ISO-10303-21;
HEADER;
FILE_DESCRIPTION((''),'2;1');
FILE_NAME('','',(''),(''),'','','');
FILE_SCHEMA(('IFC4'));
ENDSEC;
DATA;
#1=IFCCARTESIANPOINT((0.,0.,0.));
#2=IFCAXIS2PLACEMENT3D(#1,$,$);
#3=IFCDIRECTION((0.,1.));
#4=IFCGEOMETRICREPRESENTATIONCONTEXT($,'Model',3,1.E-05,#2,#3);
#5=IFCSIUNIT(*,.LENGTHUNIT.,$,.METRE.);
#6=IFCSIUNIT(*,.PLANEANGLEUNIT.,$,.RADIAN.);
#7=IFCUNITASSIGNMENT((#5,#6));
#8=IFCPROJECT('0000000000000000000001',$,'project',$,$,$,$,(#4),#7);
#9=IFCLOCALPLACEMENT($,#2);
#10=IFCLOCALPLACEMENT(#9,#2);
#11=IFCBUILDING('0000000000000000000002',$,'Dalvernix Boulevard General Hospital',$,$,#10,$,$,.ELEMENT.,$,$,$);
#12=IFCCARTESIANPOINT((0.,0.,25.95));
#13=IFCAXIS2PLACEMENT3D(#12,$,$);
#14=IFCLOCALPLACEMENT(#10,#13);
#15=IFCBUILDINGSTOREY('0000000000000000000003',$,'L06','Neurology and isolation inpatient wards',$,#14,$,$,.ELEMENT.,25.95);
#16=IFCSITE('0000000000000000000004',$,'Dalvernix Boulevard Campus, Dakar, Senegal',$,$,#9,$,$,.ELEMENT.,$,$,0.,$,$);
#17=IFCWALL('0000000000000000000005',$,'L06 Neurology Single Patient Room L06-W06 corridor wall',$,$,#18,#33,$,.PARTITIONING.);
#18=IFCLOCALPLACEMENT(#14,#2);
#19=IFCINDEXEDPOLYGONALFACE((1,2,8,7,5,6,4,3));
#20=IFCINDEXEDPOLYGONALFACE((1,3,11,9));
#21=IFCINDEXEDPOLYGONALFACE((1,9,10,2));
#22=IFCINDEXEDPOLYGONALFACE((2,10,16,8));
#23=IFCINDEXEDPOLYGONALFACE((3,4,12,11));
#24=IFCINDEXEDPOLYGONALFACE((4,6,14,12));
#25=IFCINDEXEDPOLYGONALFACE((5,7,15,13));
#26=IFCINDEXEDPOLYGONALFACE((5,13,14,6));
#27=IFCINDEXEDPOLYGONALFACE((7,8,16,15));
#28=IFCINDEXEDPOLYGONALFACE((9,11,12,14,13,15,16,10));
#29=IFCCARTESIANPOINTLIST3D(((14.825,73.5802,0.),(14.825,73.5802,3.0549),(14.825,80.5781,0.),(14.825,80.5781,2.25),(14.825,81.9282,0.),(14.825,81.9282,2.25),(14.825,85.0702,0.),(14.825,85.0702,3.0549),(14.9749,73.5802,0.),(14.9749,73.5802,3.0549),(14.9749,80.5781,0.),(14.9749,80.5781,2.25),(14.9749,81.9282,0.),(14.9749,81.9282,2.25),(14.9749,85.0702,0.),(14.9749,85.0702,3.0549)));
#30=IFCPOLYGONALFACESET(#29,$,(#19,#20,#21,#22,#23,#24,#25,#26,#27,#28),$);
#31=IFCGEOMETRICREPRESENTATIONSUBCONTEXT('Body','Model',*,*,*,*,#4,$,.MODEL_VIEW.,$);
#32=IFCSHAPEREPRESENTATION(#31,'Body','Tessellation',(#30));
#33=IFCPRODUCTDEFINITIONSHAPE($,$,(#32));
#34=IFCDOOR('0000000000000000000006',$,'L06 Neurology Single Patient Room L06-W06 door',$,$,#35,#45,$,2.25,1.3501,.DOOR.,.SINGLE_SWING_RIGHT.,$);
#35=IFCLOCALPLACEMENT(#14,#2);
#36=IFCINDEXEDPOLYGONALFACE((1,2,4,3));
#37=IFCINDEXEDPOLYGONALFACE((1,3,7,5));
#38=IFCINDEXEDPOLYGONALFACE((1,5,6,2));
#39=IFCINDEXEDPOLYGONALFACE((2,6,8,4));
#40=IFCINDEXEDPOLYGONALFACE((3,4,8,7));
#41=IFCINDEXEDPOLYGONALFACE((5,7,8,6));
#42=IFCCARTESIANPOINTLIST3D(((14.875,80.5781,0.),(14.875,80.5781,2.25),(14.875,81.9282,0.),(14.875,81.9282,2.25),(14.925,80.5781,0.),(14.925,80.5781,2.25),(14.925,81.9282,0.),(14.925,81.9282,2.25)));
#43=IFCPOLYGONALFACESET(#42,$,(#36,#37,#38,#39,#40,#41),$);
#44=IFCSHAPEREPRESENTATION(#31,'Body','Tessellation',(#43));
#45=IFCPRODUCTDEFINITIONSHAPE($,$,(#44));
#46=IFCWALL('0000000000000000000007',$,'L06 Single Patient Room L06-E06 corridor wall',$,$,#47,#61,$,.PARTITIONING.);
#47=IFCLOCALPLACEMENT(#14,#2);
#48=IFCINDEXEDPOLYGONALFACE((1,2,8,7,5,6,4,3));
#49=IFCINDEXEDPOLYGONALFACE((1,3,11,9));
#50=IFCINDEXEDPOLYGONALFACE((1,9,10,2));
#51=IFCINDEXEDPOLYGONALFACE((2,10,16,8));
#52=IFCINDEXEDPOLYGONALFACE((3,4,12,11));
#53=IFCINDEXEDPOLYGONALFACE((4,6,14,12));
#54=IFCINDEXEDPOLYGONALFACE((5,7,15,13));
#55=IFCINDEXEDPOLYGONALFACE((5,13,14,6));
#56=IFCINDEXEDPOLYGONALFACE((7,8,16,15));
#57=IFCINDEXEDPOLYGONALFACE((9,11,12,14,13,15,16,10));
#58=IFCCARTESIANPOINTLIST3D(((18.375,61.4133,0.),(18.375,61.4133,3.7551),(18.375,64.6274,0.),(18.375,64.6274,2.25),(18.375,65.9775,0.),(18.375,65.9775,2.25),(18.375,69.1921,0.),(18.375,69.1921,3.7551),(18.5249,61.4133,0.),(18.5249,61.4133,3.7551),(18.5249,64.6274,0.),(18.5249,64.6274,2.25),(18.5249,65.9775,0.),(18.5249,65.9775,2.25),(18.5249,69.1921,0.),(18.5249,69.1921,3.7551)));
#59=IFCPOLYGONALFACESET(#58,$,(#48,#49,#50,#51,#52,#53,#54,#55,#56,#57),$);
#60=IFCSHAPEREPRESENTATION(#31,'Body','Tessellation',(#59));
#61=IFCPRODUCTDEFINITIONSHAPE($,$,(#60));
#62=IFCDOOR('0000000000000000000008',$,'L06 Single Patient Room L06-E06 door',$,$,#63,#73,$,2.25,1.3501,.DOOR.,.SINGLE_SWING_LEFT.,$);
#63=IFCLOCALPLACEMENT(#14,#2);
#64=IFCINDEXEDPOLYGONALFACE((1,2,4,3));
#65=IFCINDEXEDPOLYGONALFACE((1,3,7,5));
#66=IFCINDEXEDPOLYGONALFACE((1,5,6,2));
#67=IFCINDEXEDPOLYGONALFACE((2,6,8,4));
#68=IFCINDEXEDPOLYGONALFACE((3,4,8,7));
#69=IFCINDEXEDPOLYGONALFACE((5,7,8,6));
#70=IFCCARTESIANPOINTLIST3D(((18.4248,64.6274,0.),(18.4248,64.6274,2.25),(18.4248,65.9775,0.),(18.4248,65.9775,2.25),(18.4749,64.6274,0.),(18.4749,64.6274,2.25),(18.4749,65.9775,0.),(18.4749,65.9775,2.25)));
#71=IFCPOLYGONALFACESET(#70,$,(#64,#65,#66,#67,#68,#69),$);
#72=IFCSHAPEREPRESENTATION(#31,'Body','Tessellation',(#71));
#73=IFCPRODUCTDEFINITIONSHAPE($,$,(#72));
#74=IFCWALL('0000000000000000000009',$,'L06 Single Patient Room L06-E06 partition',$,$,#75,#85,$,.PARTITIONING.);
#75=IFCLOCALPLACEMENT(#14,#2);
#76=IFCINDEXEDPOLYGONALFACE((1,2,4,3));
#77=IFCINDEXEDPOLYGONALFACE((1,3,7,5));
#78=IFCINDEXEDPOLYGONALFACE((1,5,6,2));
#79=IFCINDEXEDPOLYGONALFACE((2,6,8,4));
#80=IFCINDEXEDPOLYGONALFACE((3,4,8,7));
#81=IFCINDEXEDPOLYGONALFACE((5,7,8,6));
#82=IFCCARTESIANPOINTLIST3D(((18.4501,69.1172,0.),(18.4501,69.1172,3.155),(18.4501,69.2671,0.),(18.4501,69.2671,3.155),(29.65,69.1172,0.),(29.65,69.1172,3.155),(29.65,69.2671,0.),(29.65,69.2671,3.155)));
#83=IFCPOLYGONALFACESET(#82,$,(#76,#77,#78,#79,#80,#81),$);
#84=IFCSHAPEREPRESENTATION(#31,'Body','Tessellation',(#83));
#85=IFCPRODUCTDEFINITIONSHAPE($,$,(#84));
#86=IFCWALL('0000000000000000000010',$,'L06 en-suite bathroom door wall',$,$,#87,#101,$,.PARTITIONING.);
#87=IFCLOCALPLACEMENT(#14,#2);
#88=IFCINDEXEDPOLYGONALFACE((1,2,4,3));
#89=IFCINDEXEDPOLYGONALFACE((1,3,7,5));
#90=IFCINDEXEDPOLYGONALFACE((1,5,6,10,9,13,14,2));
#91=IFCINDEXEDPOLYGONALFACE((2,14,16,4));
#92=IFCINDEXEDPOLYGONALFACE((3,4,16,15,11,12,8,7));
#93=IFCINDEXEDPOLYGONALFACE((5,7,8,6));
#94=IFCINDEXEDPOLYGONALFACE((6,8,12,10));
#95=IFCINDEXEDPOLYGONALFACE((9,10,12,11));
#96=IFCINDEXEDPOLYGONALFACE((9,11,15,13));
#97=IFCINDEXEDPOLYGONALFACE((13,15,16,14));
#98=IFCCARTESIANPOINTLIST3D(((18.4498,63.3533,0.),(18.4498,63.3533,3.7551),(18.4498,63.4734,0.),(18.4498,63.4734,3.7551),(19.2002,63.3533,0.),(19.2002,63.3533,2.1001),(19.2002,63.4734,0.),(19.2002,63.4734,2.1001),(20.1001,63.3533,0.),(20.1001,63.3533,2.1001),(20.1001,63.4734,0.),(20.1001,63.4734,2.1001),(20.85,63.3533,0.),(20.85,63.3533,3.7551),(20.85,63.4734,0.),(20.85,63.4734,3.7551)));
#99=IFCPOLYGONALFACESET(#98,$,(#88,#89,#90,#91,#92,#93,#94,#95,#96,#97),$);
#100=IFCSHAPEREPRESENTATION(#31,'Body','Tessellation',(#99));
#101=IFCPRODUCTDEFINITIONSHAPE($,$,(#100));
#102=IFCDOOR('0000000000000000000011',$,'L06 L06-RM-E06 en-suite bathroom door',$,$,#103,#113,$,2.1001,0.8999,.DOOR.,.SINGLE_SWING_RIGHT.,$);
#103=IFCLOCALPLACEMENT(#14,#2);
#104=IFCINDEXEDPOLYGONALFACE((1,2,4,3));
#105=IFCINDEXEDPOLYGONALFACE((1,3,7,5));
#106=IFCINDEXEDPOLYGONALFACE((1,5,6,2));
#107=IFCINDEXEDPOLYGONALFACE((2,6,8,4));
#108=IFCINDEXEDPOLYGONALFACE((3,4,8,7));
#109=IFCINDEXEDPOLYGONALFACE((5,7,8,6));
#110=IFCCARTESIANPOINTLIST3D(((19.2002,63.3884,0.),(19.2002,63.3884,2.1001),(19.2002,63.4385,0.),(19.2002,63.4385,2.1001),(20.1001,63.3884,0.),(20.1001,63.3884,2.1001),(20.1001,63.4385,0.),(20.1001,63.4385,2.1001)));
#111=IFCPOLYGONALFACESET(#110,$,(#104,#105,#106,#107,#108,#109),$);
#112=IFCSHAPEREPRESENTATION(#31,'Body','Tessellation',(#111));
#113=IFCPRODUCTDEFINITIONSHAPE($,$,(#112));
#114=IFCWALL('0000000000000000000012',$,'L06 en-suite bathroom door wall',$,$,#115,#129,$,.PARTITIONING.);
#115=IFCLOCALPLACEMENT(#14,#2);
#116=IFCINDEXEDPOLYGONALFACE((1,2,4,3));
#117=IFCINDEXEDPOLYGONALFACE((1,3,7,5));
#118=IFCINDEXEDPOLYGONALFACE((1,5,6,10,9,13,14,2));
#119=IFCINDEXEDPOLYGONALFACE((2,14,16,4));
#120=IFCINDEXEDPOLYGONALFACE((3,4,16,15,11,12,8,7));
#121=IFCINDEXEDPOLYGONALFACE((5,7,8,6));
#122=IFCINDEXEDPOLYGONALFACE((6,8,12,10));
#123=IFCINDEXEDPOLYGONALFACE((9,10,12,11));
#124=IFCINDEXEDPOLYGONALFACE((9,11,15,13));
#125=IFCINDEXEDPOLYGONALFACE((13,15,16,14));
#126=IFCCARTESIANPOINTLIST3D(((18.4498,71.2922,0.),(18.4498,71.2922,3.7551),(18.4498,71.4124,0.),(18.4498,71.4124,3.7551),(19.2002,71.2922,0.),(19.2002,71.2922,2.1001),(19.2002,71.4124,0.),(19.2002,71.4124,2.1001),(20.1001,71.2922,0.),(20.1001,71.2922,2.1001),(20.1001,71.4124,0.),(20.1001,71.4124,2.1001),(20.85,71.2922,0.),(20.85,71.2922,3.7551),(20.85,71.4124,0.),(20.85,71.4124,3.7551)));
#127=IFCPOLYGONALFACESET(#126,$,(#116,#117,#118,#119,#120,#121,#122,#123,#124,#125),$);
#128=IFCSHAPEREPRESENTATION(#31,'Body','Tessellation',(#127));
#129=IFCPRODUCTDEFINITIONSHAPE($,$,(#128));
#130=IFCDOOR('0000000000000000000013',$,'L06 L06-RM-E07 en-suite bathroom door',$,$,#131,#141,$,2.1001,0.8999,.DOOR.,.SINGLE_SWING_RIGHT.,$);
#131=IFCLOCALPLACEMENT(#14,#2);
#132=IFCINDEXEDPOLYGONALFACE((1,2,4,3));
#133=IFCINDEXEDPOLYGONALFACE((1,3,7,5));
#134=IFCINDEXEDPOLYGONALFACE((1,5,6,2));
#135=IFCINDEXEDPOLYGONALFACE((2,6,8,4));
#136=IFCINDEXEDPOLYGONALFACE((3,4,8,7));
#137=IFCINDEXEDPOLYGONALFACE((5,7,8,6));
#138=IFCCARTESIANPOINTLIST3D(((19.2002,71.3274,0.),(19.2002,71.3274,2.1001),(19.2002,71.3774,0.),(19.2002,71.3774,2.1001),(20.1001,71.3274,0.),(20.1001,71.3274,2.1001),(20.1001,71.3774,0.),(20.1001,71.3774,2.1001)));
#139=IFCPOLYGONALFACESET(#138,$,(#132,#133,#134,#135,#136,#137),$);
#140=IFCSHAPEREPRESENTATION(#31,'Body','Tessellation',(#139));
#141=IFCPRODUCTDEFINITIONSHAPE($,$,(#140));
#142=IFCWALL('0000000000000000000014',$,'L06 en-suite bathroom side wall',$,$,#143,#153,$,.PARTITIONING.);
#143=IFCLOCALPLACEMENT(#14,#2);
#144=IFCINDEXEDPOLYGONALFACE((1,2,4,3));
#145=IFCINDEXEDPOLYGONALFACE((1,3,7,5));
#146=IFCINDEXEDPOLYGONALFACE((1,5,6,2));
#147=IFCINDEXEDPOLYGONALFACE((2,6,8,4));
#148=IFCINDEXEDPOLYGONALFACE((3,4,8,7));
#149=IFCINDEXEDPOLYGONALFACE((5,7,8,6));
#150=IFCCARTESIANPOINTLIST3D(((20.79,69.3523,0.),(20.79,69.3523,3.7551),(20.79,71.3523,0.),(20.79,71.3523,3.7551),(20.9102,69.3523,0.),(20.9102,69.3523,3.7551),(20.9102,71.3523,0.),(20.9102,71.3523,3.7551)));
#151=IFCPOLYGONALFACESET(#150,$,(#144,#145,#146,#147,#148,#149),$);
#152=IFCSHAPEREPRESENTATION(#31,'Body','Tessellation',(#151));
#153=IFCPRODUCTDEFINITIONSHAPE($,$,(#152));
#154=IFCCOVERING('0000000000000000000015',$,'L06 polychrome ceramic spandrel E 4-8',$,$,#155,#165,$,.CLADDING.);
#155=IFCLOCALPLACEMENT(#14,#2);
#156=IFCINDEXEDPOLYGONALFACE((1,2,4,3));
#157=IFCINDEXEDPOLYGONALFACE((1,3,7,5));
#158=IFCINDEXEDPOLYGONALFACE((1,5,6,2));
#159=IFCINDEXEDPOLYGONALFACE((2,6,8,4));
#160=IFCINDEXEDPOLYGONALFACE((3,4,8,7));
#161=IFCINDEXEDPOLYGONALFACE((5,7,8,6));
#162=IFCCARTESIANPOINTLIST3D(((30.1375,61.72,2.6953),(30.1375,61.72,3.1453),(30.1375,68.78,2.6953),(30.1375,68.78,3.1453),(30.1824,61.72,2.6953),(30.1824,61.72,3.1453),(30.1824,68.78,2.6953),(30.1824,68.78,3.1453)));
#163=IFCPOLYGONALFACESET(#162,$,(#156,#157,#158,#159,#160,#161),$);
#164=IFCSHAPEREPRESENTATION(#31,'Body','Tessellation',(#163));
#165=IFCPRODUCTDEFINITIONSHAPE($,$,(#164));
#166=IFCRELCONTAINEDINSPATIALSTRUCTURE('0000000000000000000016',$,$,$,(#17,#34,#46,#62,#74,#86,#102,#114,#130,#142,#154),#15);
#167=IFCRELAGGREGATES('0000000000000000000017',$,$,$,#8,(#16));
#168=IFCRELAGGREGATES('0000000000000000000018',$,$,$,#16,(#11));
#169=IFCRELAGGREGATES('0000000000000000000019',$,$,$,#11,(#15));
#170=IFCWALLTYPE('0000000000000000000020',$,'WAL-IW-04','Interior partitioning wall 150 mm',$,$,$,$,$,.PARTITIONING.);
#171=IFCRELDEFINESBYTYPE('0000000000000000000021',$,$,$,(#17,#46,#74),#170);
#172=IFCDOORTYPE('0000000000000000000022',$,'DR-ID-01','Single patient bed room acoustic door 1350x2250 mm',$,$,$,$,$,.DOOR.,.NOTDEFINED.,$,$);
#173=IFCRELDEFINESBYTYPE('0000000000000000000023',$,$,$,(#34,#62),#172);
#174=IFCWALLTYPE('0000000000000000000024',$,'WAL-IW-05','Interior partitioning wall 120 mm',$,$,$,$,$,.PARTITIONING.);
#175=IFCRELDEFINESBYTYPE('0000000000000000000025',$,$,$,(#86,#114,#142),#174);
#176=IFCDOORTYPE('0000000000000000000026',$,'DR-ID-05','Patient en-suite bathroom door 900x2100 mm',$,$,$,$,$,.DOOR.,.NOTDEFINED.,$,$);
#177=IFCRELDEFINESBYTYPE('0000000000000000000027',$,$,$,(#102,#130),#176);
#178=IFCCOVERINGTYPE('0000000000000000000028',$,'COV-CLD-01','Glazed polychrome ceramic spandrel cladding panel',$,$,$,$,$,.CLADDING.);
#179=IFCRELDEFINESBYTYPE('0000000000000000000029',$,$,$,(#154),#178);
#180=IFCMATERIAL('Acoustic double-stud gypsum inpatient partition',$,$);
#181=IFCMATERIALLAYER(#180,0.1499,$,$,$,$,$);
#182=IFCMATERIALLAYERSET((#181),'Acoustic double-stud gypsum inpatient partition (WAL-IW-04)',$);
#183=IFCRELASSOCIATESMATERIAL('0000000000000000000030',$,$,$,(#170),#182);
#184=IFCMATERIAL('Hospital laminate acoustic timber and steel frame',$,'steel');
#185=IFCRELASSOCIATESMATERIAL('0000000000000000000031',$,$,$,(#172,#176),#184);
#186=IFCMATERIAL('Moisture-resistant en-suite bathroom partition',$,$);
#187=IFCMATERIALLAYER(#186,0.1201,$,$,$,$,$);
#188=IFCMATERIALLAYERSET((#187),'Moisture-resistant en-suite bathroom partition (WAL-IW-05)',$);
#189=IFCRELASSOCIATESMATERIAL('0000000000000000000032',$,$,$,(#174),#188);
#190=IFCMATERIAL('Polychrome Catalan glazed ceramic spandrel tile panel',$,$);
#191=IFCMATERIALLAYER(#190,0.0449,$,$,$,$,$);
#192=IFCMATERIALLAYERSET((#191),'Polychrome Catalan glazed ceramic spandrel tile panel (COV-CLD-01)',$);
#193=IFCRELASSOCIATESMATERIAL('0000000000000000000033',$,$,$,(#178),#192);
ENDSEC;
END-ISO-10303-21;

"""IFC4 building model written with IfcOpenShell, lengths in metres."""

from ifc_helpers import new_model, si_unit, direction, frame, frame_2d, origin, origin_2d, place, context, subcontext, project, spatial, rectangle, extrude, material, layer, layer_set, type_object, element, fill, save


model = new_model("IFC4")

# Units and contexts
model_context = context("Model", 3, precision=1e-05, world=origin(), true_north=direction((0.0, 1.0)))
body_context = subcontext(model_context, "Body", "Model", "MODEL_VIEW")
ifc_project = project(units=[si_unit("LENGTHUNIT", "METRE"), si_unit("PLANEANGLEUNIT", "RADIAN")], contexts=[model_context])

# Site, building, storey
site_placement = place(None, origin())
site = spatial("IfcSite", under=ifc_project, at=site_placement, Name="Dalvernix Boulevard Campus, Dakar, Senegal", CompositionType="ELEMENT", RefElevation=0.0)
building_placement = place(site_placement, origin())
building = spatial("IfcBuilding", under=site, at=building_placement, Name="Dalvernix Boulevard General Hospital", CompositionType="ELEMENT")
storey_placement = place(building_placement, frame((0.0, 0.0, 25.95)))
storey = spatial("IfcBuildingStorey", under=building, at=storey_placement, Name="L06", Description="Neurology and isolation inpatient wards", CompositionType="ELEMENT", Elevation=25.95)

# Walls, openings, doors
ifc_material_1 = material(Name="Acoustic double-stud gypsum inpatient partition")
ifc_layer_1 = layer(ifc_material_1, 0.1499)
ifc_layer_set_1 = layer_set([ifc_layer_1], Name="Acoustic double-stud gypsum inpatient partition (WAL-IW-04)")
wall_type_1 = type_object("IfcWallType", Name="WAL-IW-04", Description="Interior partitioning wall 150 mm", PredefinedType="PARTITIONING", material=ifc_layer_set_1)
wall_1_placement = place(storey_placement, frame((14.8999, 73.5801, 0.0), z_axis=(0.0, 0.0, 1.0), x_axis=(0.0, 1.0, 0.0)))
wall_1 = element("IfcWall", 1, at=wall_1_placement, inside=storey, type_object=wall_type_1, Name="L06 Neurology Single Patient Room L06-W06 corridor wall", PredefinedType="PARTITIONING", context=body_context, shape_type="SweptSolid", body=[
    extrude(rectangle(XDim=11.49, YDim=0.1499, at=frame_2d((5.7451, 0.0))), origin(), (0.0, 0.0, 1.0), 3.0549),
])
opening_1_placement = place(wall_1_placement, frame((6.998, 0.0, 0.0)))
opening_1 = element("IfcOpeningElement", 2, at=opening_1_placement, cuts=wall_1, PredefinedType="OPENING", context=body_context, shape_type="SweptSolid", body=[
    extrude(rectangle(XDim=1.3501, YDim=2.25, at=frame_2d((0.675, 1.125))), frame((0.0, 0.085, 0.0), z_axis=(0.0, -1.0, 0.0), x_axis=(1.0, 0.0, 0.0)), (0.0, 0.0, 1.0), 0.1699),
])
ifc_material_2 = material(Name="Hospital laminate acoustic timber and steel frame", Category="steel")
door_type_1 = type_object("IfcDoorType", Name="DR-ID-01", Description="Single patient bed room acoustic door 1350x2250 mm", OperationType="NOTDEFINED", PredefinedType="DOOR", material=ifc_material_2)
door_1_placement = place(opening_1_placement, origin())
door_1 = element("IfcDoor", 3, at=door_1_placement, inside=storey, type_object=door_type_1, Name="L06 Neurology Single Patient Room L06-W06 door", OperationType="SINGLE_SWING_RIGHT", OverallHeight=2.25, OverallWidth=1.3501, PredefinedType="DOOR", context=body_context, shape_type="SweptSolid", body=[
    extrude(rectangle(XDim=1.3501, YDim=2.25, at=frame_2d((0.675, 1.125))), frame((0.0, 0.0249, 0.0), z_axis=(0.0, -1.0, 0.0), x_axis=(1.0, 0.0, 0.0)), (0.0, 0.0, 1.0), 0.05),
])
fill(opening_1, door_1)
wall_2_placement = place(storey_placement, frame((18.45, 69.1921, 0.0), z_axis=(0.0, 0.0, 1.0), x_axis=(0.0, -1.0, 0.0)))
wall_2 = element("IfcWall", 4, at=wall_2_placement, inside=storey, type_object=wall_type_1, Name="L06 Single Patient Room L06-E06 corridor wall", PredefinedType="PARTITIONING", context=body_context, shape_type="SweptSolid", body=[
    extrude(rectangle(XDim=7.7788, YDim=0.1499, at=frame_2d((3.8894, 0.0))), origin(), (0.0, 0.0, 1.0), 3.7551),
])
opening_2_placement = place(wall_2_placement, frame((3.2146, 0.0, 0.0)))
opening_2 = element("IfcOpeningElement", 5, at=opening_2_placement, cuts=wall_2, PredefinedType="OPENING", context=body_context, shape_type="SweptSolid", body=[
    extrude(rectangle(XDim=1.3501, YDim=2.25, at=frame_2d((0.675, 1.125))), frame((0.0, 0.085, 0.0), z_axis=(0.0, -1.0, 0.0), x_axis=(1.0, 0.0, 0.0)), (0.0, 0.0, 1.0), 0.1699),
])
door_2_placement = place(opening_2_placement, origin())
door_2 = element("IfcDoor", 6, at=door_2_placement, inside=storey, type_object=door_type_1, Name="L06 Single Patient Room L06-E06 door", OperationType="SINGLE_SWING_LEFT", OverallHeight=2.25, OverallWidth=1.3501, PredefinedType="DOOR", context=body_context, shape_type="SweptSolid", body=[
    extrude(rectangle(XDim=1.3501, YDim=2.25, at=frame_2d((0.675, 1.125))), frame((0.0, 0.0249, 0.0), z_axis=(0.0, -1.0, 0.0), x_axis=(1.0, 0.0, 0.0)), (0.0, 0.0, 1.0), 0.05),
])
fill(opening_2, door_2)

# Wall
wall_3_placement = place(storey_placement, frame((18.45, 69.1921, 0.0), z_axis=(0.0, 0.0, 1.0), x_axis=(1.0, 0.0, 0.0)))
element("IfcWall", 7, at=wall_3_placement, inside=storey, type_object=wall_type_1, Name="L06 Single Patient Room L06-E06 partition", PredefinedType="PARTITIONING", context=body_context, shape_type="SweptSolid", body=[
    extrude(rectangle(XDim=11.2, YDim=0.1499, at=frame_2d((5.6001, 0.0))), origin(), (0.0, 0.0, 1.0), 3.155),
])

# Walls, openings, doors
ifc_material_3 = material(Name="Moisture-resistant en-suite bathroom partition")
ifc_layer_2 = layer(ifc_material_3, 0.1201)
ifc_layer_set_2 = layer_set([ifc_layer_2], Name="Moisture-resistant en-suite bathroom partition (WAL-IW-05)")
wall_type_2 = type_object("IfcWallType", Name="WAL-IW-05", Description="Interior partitioning wall 120 mm", PredefinedType="PARTITIONING", material=ifc_layer_set_2)
wall_4_placement = place(storey_placement, frame((20.8501, 63.4133, 0.0), z_axis=(0.0, 0.0, 1.0), x_axis=(-1.0, 0.0, 0.0)))
wall_4 = element("IfcWall", 8, at=wall_4_placement, inside=storey, type_object=wall_type_2, Name="L06 en-suite bathroom door wall", PredefinedType="PARTITIONING", context=body_context, shape_type="SweptSolid", body=[
    extrude(rectangle(XDim=2.4001, YDim=0.1201, at=frame_2d((1.2002, 0.0))), origin(), (0.0, 0.0, 1.0), 3.7551),
])
opening_3_placement = place(wall_4_placement, frame((0.75, 0.0, 0.0)))
opening_3 = element("IfcOpeningElement", 9, at=opening_3_placement, cuts=wall_4, PredefinedType="OPENING", context=body_context, shape_type="SweptSolid", body=[
    extrude(rectangle(XDim=0.8999, YDim=2.1001, at=frame_2d((0.45, 1.05))), frame((0.0, 0.0701, 0.0), z_axis=(0.0, -1.0, 0.0), x_axis=(1.0, 0.0, 0.0)), (0.0, 0.0, 1.0), 0.1401),
])
door_type_2 = type_object("IfcDoorType", Name="DR-ID-05", Description="Patient en-suite bathroom door 900x2100 mm", OperationType="NOTDEFINED", PredefinedType="DOOR", material=ifc_material_2)
door_3_placement = place(opening_3_placement, origin())
door_3 = element("IfcDoor", 10, at=door_3_placement, inside=storey, type_object=door_type_2, Name="L06 L06-RM-E06 en-suite bathroom door", OperationType="SINGLE_SWING_RIGHT", OverallHeight=2.1001, OverallWidth=0.8999, PredefinedType="DOOR", context=body_context, shape_type="SweptSolid", body=[
    extrude(rectangle(XDim=0.8999, YDim=2.1001, at=frame_2d((0.45, 1.05))), frame((0.0, 0.0249, 0.0), z_axis=(0.0, -1.0, 0.0), x_axis=(1.0, 0.0, 0.0)), (0.0, 0.0, 1.0), 0.05),
])
fill(opening_3, door_3)
wall_5_placement = place(storey_placement, frame((20.8501, 71.3523, 0.0), z_axis=(0.0, 0.0, 1.0), x_axis=(-1.0, 0.0, 0.0)))
wall_5 = element("IfcWall", 11, at=wall_5_placement, inside=storey, type_object=wall_type_2, Name="L06 en-suite bathroom door wall", PredefinedType="PARTITIONING", context=body_context, shape_type="SweptSolid", body=[
    extrude(rectangle(XDim=2.4001, YDim=0.1201, at=frame_2d((1.2002, 0.0))), origin(), (0.0, 0.0, 1.0), 3.7551),
])
opening_4_placement = place(wall_5_placement, frame((0.75, 0.0, 0.0)))
opening_4 = element("IfcOpeningElement", 12, at=opening_4_placement, cuts=wall_5, PredefinedType="OPENING", context=body_context, shape_type="SweptSolid", body=[
    extrude(rectangle(XDim=0.8999, YDim=2.1001, at=frame_2d((0.45, 1.05))), frame((0.0, 0.0701, 0.0), z_axis=(0.0, -1.0, 0.0), x_axis=(1.0, 0.0, 0.0)), (0.0, 0.0, 1.0), 0.1401),
])
door_4_placement = place(opening_4_placement, origin())
door_4 = element("IfcDoor", 13, at=door_4_placement, inside=storey, type_object=door_type_2, Name="L06 L06-RM-E07 en-suite bathroom door", OperationType="SINGLE_SWING_RIGHT", OverallHeight=2.1001, OverallWidth=0.8999, PredefinedType="DOOR", context=body_context, shape_type="SweptSolid", body=[
    extrude(rectangle(XDim=0.8999, YDim=2.1001, at=frame_2d((0.45, 1.05))), frame((0.0, 0.0249, 0.0), z_axis=(0.0, -1.0, 0.0), x_axis=(1.0, 0.0, 0.0)), (0.0, 0.0, 1.0), 0.05),
])
fill(opening_4, door_4)

# Wall
wall_6_placement = place(storey_placement, frame((20.8501, 69.3523, 0.0), z_axis=(0.0, 0.0, 1.0), x_axis=(0.0, 1.0, 0.0)))
element("IfcWall", 14, at=wall_6_placement, inside=storey, type_object=wall_type_2, Name="L06 en-suite bathroom side wall", PredefinedType="PARTITIONING", context=body_context, shape_type="SweptSolid", body=[
    extrude(rectangle(XDim=2.0, YDim=0.1201, at=frame_2d((1.0, 0.0))), origin(), (0.0, 0.0, 1.0), 3.7551),
])

# Covering
ifc_material_4 = material(Name="Polychrome Catalan glazed ceramic spandrel tile panel")
ifc_layer_3 = layer(ifc_material_4, 0.0449)
ifc_layer_set_3 = layer_set([ifc_layer_3], Name="Polychrome Catalan glazed ceramic spandrel tile panel (COV-CLD-01)")
covering_type = type_object("IfcCoveringType", Name="COV-CLD-01", Description="Glazed polychrome ceramic spandrel cladding panel", PredefinedType="CLADDING", material=ifc_layer_set_3)
covering_1_placement = place(storey_placement, frame((30.1599, 65.25, 2.6953), z_axis=(0.0, 0.0, 1.0), x_axis=(0.0, -1.0, 0.0)))
element("IfcCovering", 15, at=covering_1_placement, inside=storey, type_object=covering_type, Name="L06 polychrome ceramic spandrel E 4-8", PredefinedType="CLADDING", context=body_context, shape_type="SweptSolid", body=[
    extrude(rectangle(XDim=7.0601, YDim=0.0449, at=origin_2d()), origin(), (0.0, 0.0, 1.0), 0.45),
])

save(model, "model.ifc")
